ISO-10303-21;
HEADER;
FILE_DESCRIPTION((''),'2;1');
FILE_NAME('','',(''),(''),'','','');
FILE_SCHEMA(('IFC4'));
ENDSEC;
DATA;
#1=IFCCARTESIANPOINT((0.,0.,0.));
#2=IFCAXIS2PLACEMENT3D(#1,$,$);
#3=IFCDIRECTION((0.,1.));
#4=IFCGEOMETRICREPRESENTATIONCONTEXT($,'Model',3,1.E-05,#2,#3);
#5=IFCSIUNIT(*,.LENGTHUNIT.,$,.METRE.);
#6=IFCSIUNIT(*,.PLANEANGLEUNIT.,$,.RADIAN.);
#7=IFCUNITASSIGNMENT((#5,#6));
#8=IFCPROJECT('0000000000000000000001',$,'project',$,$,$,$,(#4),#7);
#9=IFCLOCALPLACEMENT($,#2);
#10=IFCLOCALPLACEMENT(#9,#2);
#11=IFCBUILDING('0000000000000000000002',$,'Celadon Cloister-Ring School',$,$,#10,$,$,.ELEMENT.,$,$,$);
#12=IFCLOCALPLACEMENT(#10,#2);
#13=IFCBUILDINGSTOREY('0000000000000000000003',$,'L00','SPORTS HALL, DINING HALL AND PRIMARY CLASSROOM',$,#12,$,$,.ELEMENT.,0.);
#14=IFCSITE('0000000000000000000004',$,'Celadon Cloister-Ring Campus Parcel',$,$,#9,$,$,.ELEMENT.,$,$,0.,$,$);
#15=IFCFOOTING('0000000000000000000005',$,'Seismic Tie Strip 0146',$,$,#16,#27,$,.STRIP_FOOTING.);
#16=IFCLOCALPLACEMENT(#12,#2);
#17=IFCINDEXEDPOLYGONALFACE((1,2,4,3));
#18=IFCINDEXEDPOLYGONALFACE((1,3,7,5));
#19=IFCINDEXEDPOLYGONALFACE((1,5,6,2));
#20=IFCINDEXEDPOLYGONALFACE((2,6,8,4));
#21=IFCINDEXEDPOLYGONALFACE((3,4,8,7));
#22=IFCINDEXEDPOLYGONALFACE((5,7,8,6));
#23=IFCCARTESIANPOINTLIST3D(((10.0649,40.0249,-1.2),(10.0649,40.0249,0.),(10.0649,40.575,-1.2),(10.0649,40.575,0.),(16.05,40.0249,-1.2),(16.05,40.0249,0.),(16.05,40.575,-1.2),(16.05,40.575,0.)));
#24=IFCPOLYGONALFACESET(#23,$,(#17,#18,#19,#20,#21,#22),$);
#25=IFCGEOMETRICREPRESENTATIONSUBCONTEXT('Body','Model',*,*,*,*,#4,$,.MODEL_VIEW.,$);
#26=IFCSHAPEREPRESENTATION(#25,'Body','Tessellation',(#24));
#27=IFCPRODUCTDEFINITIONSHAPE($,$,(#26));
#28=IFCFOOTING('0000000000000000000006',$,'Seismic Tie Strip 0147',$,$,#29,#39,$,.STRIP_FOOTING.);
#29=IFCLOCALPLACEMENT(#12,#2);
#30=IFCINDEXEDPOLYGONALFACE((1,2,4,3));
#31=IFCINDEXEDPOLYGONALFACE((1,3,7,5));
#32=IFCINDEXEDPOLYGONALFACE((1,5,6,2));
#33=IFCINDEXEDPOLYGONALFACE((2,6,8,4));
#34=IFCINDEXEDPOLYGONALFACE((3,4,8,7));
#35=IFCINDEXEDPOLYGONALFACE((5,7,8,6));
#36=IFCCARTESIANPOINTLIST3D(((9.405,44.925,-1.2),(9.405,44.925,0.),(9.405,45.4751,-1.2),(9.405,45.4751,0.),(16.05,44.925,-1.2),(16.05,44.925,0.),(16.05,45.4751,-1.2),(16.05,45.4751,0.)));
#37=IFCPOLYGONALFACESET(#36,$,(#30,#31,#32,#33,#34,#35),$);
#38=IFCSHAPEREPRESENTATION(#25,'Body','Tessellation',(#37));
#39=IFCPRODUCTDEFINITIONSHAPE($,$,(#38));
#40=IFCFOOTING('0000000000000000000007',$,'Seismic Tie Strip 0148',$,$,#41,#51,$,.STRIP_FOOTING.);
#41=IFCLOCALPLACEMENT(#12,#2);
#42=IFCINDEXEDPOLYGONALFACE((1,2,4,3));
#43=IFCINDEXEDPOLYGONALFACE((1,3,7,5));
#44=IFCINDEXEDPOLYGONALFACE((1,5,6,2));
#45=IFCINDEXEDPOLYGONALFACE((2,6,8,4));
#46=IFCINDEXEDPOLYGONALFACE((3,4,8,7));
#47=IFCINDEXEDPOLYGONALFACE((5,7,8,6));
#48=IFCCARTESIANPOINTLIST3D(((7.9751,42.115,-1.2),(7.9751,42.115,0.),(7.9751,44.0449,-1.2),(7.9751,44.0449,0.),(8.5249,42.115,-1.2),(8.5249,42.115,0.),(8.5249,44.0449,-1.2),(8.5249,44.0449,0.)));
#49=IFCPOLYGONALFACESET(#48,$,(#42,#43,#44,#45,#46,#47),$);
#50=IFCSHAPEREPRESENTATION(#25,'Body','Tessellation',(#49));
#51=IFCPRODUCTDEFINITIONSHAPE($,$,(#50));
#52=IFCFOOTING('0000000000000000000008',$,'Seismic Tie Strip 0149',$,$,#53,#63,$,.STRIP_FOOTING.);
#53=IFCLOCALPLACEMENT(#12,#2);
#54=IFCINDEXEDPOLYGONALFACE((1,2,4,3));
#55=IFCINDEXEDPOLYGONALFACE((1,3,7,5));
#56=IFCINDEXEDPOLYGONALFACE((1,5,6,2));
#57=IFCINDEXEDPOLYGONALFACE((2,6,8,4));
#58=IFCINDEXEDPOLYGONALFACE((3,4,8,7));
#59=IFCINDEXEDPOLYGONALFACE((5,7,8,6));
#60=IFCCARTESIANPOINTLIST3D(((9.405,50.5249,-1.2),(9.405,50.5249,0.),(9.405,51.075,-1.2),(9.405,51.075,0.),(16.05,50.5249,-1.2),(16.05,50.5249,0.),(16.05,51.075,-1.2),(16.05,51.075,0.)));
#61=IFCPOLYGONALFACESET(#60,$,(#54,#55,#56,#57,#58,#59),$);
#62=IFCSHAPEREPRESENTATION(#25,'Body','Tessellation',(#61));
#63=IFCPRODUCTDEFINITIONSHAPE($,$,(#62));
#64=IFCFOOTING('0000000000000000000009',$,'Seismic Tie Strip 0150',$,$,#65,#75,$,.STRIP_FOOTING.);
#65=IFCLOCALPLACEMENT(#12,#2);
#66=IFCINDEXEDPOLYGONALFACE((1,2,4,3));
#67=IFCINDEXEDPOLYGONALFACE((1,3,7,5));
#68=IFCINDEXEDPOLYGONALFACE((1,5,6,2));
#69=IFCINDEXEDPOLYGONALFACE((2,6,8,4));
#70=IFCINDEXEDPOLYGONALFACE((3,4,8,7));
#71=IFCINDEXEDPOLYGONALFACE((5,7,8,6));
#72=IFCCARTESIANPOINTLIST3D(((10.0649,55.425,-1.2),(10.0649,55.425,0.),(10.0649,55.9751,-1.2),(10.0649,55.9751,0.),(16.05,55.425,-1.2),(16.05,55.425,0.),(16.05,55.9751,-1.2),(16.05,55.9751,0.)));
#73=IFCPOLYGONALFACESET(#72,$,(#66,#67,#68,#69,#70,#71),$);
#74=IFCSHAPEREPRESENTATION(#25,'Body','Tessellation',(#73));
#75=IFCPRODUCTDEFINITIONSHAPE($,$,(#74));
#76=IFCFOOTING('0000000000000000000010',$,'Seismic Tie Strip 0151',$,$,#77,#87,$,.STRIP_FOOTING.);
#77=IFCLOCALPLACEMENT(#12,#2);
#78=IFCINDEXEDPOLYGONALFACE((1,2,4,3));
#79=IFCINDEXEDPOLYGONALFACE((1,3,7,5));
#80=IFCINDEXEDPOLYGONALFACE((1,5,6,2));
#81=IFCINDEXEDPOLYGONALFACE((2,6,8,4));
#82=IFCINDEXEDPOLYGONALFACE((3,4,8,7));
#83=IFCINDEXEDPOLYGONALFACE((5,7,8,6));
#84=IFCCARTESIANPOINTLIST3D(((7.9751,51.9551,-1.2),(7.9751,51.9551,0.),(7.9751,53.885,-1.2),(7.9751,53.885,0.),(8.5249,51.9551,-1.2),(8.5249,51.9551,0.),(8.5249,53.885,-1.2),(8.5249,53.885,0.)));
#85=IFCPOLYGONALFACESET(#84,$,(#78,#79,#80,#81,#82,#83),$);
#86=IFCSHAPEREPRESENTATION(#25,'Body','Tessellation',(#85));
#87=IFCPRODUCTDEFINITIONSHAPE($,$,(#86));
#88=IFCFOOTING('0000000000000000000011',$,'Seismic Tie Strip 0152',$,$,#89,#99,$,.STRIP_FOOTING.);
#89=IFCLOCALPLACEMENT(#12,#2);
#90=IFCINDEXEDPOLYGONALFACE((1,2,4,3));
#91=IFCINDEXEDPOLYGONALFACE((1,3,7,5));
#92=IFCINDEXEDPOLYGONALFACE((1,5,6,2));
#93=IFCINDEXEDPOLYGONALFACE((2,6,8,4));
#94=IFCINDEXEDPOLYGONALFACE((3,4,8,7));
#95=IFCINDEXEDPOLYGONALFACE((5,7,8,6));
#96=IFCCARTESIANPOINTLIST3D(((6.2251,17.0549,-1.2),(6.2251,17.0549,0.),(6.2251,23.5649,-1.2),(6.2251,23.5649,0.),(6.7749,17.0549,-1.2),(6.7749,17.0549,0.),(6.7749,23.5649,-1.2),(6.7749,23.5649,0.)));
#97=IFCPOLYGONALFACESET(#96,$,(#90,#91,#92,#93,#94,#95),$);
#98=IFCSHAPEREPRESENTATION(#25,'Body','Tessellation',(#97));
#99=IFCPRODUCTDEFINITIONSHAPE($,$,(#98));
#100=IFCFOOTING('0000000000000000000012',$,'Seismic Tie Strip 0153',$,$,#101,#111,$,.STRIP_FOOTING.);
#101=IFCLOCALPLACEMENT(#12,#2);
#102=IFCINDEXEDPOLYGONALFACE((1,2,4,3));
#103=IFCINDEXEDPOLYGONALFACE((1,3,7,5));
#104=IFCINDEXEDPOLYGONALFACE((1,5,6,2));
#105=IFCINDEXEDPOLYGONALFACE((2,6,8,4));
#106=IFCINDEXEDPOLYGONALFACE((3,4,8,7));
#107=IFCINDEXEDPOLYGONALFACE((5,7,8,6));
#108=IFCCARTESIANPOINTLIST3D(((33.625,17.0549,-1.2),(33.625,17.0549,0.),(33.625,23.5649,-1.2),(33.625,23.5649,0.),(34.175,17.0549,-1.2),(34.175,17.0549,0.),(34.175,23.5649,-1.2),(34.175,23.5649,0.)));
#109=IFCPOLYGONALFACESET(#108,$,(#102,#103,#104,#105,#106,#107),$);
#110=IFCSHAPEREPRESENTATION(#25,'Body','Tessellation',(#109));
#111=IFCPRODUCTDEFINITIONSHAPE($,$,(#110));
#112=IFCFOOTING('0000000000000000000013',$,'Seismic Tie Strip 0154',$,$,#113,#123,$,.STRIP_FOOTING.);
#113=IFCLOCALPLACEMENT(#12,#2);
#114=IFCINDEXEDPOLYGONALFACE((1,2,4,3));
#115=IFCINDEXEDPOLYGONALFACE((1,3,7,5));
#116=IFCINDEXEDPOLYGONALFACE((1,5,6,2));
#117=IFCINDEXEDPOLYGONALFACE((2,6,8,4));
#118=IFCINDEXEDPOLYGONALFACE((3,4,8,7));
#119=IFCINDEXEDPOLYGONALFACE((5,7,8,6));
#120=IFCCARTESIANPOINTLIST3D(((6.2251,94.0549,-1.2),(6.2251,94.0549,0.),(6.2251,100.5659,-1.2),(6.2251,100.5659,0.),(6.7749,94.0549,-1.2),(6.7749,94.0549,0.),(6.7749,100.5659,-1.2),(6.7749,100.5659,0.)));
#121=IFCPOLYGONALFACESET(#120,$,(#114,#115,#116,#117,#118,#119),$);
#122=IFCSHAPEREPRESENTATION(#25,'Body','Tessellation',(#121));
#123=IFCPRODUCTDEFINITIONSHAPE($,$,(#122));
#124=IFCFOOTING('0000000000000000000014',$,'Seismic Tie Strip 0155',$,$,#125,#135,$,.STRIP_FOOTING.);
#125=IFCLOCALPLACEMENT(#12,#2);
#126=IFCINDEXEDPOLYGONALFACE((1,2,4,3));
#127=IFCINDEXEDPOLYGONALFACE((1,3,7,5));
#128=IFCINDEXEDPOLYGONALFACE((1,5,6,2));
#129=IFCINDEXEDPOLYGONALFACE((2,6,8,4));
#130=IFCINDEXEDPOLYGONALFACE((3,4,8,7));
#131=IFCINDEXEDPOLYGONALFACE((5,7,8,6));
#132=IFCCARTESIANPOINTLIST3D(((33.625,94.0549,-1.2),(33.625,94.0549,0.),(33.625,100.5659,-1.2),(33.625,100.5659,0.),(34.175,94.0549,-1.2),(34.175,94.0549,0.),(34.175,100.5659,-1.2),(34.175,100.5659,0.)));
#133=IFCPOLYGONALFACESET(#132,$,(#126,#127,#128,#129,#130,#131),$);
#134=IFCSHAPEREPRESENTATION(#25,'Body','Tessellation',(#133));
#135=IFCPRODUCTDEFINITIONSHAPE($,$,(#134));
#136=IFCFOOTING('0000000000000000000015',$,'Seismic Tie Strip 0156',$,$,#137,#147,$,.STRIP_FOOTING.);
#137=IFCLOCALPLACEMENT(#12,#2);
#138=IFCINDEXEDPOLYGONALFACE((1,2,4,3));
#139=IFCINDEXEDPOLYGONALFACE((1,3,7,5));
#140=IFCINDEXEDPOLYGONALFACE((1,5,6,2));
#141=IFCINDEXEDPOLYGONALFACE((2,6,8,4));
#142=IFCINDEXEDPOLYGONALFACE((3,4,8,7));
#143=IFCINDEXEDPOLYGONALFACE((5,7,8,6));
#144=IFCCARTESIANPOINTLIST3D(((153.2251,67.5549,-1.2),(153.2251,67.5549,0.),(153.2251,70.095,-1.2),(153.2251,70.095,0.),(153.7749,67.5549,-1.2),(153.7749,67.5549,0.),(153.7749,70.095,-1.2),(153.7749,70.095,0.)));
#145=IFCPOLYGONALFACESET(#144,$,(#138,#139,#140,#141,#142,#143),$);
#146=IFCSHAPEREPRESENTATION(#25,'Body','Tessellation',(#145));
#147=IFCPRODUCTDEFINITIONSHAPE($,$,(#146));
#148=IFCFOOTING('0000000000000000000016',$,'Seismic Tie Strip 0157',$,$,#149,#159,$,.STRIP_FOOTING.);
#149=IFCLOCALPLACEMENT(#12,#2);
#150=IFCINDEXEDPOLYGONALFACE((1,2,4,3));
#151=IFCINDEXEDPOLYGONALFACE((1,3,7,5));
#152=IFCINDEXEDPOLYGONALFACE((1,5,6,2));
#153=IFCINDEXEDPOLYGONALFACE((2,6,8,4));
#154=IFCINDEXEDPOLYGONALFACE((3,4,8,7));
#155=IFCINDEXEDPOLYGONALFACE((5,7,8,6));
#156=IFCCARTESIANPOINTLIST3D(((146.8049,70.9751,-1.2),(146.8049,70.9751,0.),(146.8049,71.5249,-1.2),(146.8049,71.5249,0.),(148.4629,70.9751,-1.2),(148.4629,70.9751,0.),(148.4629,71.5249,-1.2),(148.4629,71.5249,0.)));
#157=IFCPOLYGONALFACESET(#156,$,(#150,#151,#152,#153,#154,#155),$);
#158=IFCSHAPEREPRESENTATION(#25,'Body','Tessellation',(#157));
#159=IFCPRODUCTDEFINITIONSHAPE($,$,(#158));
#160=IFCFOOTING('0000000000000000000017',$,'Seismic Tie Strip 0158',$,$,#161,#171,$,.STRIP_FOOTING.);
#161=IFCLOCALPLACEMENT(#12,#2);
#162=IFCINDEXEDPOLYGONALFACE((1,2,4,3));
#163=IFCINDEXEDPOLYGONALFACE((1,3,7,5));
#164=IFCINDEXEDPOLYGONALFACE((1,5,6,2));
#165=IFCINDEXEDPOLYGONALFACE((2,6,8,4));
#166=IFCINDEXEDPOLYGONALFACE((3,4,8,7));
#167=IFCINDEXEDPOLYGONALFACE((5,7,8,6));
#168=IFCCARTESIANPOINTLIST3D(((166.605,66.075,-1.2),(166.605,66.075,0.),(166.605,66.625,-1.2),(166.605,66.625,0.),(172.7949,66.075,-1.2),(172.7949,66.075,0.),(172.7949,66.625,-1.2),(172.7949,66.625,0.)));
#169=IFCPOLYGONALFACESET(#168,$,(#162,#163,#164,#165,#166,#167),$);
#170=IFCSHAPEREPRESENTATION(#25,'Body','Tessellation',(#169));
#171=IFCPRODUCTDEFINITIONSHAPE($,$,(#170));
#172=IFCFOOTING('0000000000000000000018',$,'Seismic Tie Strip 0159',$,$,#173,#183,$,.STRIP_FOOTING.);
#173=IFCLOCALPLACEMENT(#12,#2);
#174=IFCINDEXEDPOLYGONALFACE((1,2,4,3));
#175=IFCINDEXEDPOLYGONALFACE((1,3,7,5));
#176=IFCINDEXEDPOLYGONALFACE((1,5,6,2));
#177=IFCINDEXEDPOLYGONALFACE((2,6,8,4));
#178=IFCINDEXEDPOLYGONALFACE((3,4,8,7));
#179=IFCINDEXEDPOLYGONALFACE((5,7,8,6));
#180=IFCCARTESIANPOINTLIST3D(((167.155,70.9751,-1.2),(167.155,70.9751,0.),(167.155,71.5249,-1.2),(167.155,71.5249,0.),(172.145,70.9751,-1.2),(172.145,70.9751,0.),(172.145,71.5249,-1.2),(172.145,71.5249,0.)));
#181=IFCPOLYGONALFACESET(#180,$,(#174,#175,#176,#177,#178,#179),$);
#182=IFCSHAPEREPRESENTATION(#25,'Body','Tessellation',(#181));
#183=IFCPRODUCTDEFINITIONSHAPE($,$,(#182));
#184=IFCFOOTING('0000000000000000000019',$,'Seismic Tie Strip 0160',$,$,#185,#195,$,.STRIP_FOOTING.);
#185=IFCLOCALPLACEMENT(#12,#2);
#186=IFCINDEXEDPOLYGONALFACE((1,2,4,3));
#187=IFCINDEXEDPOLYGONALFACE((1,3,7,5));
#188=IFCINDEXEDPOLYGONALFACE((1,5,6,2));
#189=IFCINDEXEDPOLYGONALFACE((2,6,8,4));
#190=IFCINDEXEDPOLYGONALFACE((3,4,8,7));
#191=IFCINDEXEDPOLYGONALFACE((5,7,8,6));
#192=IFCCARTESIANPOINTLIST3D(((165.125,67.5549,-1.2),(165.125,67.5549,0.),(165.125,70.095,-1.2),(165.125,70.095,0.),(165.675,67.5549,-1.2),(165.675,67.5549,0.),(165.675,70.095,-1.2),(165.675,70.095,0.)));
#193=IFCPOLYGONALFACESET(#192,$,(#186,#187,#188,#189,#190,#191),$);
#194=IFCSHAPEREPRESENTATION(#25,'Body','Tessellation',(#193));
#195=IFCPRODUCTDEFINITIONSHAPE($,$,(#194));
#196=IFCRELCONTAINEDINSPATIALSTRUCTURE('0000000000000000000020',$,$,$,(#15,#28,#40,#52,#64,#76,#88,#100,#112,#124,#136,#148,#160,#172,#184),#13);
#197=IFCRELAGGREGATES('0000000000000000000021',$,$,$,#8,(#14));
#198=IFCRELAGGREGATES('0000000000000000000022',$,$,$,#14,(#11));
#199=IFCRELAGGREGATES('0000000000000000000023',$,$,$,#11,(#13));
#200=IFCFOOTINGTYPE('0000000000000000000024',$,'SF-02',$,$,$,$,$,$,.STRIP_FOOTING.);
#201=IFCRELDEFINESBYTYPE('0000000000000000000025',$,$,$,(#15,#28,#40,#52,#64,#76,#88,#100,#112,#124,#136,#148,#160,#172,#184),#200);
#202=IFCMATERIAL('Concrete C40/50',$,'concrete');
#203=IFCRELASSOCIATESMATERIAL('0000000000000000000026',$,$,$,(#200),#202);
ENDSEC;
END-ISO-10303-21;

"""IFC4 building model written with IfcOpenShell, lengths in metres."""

from ifc_helpers import new_model, si_unit, direction, frame, origin, place, context, subcontext, project, spatial, polyline, outline, extrude, material, type_object, element, save


model = new_model("IFC4")

# Units and contexts
model_context = context("Model", 3, precision=1e-05, world=origin(), true_north=direction((0.0, 1.0)))
body_context = subcontext(model_context, "Body", "Model", "MODEL_VIEW")
ifc_project = project(units=[si_unit("LENGTHUNIT", "METRE"), si_unit("PLANEANGLEUNIT", "RADIAN")], contexts=[model_context])

# Site, building, storey
site_placement = place(None, origin())
site = spatial("IfcSite", under=ifc_project, at=site_placement, Name="Celadon Cloister-Ring Campus Parcel", CompositionType="ELEMENT", RefElevation=0.0)
building_placement = place(site_placement, origin())
building = spatial("IfcBuilding", under=site, at=building_placement, Name="Celadon Cloister-Ring School", CompositionType="ELEMENT")
storey_placement = place(building_placement, origin())
storey = spatial("IfcBuildingStorey", under=building, at=storey_placement, Name="L00", Description="SPORTS HALL, DINING HALL AND PRIMARY CLASSROOM", CompositionType="ELEMENT", Elevation=0.0)

# Footings
ifc_material_1 = material(Name="Concrete C40/50", Category="concrete")
footing_type_1 = type_object("IfcFootingType", Name="SF-02", PredefinedType="STRIP_FOOTING", material=ifc_material_1)
footing_1_placement = place(storey_placement, frame((0.0, 0.0, -1.2)))
element("IfcFooting", 1, at=footing_1_placement, inside=storey, type_object=footing_type_1, Name="Seismic Tie Strip 0146", PredefinedType="STRIP_FOOTING", context=body_context, shape_type="SweptSolid", body=[
    extrude(outline(polyline([(10.0649, 40.0249), (16.05, 40.0249), (16.05, 40.575), (10.0649, 40.575), (10.0649, 40.0249)])), origin(), (0.0, 0.0, 1.0), 1.2),
])
footing_2_placement = place(storey_placement, frame((0.0, 0.0, -1.2)))
element("IfcFooting", 2, at=footing_2_placement, inside=storey, type_object=footing_type_1, Name="Seismic Tie Strip 0147", PredefinedType="STRIP_FOOTING", context=body_context, shape_type="SweptSolid", body=[
    extrude(outline(polyline([(16.05, 45.4751), (9.405, 45.4751), (9.405, 44.925), (16.05, 44.925), (16.05, 45.4751)])), origin(), (0.0, 0.0, 1.0), 1.2),
])
footing_3_placement = place(storey_placement, frame((0.0, 0.0, -1.2)))
element("IfcFooting", 3, at=footing_3_placement, inside=storey, type_object=footing_type_1, Name="Seismic Tie Strip 0148", PredefinedType="STRIP_FOOTING", context=body_context, shape_type="SweptSolid", body=[
    extrude(outline(polyline([(7.9751, 44.0449), (7.9751, 42.115), (8.5249, 42.115), (8.5249, 44.0449), (7.9751, 44.0449)])), origin(), (0.0, 0.0, 1.0), 1.2),
])
footing_4_placement = place(storey_placement, frame((0.0, 0.0, -1.2)))
element("IfcFooting", 4, at=footing_4_placement, inside=storey, type_object=footing_type_1, Name="Seismic Tie Strip 0149", PredefinedType="STRIP_FOOTING", context=body_context, shape_type="SweptSolid", body=[
    extrude(outline(polyline([(9.405, 50.5249), (16.05, 50.5249), (16.05, 51.075), (9.405, 51.075), (9.405, 50.5249)])), origin(), (0.0, 0.0, 1.0), 1.2),
])
footing_5_placement = place(storey_placement, frame((0.0, 0.0, -1.2)))
element("IfcFooting", 5, at=footing_5_placement, inside=storey, type_object=footing_type_1, Name="Seismic Tie Strip 0150", PredefinedType="STRIP_FOOTING", context=body_context, shape_type="SweptSolid", body=[
    extrude(outline(polyline([(16.05, 55.9751), (10.0649, 55.9751), (10.0649, 55.425), (16.05, 55.425), (16.05, 55.9751)])), origin(), (0.0, 0.0, 1.0), 1.2),
])
footing_6_placement = place(storey_placement, frame((0.0, 0.0, -1.2)))
element("IfcFooting", 6, at=footing_6_placement, inside=storey, type_object=footing_type_1, Name="Seismic Tie Strip 0151", PredefinedType="STRIP_FOOTING", context=body_context, shape_type="SweptSolid", body=[
    extrude(outline(polyline([(7.9751, 53.885), (7.9751, 51.9551), (8.5249, 51.9551), (8.5249, 53.885), (7.9751, 53.885)])), origin(), (0.0, 0.0, 1.0), 1.2),
])
footing_7_placement = place(storey_placement, frame((0.0, 0.0, -1.2)))
element("IfcFooting", 7, at=footing_7_placement, inside=storey, type_object=footing_type_1, Name="Seismic Tie Strip 0152", PredefinedType="STRIP_FOOTING", context=body_context, shape_type="SweptSolid", body=[
    extrude(outline(polyline([(6.2251, 23.5649), (6.2251, 17.0549), (6.7749, 17.0549), (6.7749, 23.5649), (6.2251, 23.5649)])), origin(), (0.0, 0.0, 1.0), 1.2),
])
footing_8_placement = place(storey_placement, frame((0.0, 0.0, -1.2)))
element("IfcFooting", 8, at=footing_8_placement, inside=storey, type_object=footing_type_1, Name="Seismic Tie Strip 0153", PredefinedType="STRIP_FOOTING", context=body_context, shape_type="SweptSolid", body=[
    extrude(outline(polyline([(34.175, 17.0549), (34.175, 23.5649), (33.625, 23.5649), (33.625, 17.0549), (34.175, 17.0549)])), origin(), (0.0, 0.0, 1.0), 1.2),
])
footing_9_placement = place(storey_placement, frame((0.0, 0.0, -1.2)))
element("IfcFooting", 9, at=footing_9_placement, inside=storey, type_object=footing_type_1, Name="Seismic Tie Strip 0154", PredefinedType="STRIP_FOOTING", context=body_context, shape_type="SweptSolid", body=[
    extrude(outline(polyline([(6.2251, 100.5659), (6.2251, 94.0549), (6.7749, 94.0549), (6.7749, 100.5659), (6.2251, 100.5659)])), origin(), (0.0, 0.0, 1.0), 1.2),
])
footing_10_placement = place(storey_placement, frame((0.0, 0.0, -1.2)))
element("IfcFooting", 10, at=footing_10_placement, inside=storey, type_object=footing_type_1, Name="Seismic Tie Strip 0155", PredefinedType="STRIP_FOOTING", context=body_context, shape_type="SweptSolid", body=[
    extrude(outline(polyline([(34.175, 94.0549), (34.175, 100.5659), (33.625, 100.5659), (33.625, 94.0549), (34.175, 94.0549)])), origin(), (0.0, 0.0, 1.0), 1.2),
])
footing_11_placement = place(storey_placement, frame((0.0, 0.0, -1.2)))
element("IfcFooting", 11, at=footing_11_placement, inside=storey, type_object=footing_type_1, Name="Seismic Tie Strip 0156", PredefinedType="STRIP_FOOTING", context=body_context, shape_type="SweptSolid", body=[
    extrude(outline(polyline([(153.7749, 67.5549), (153.7749, 70.095), (153.2251, 70.095), (153.2251, 67.5549), (153.7749, 67.5549)])), origin(), (0.0, 0.0, 1.0), 1.2),
])
footing_12_placement = place(storey_placement, frame((0.0, 0.0, -1.2)))
element("IfcFooting", 12, at=footing_12_placement, inside=storey, type_object=footing_type_1, Name="Seismic Tie Strip 0157", PredefinedType="STRIP_FOOTING", context=body_context, shape_type="SweptSolid", body=[
    extrude(outline(polyline([(148.4629, 71.5249), (146.8049, 71.5249), (146.8049, 70.9751), (148.4629, 70.9751), (148.4629, 71.5249)])), origin(), (0.0, 0.0, 1.0), 1.2),
])
footing_13_placement = place(storey_placement, frame((0.0, 0.0, -1.2)))
element("IfcFooting", 13, at=footing_13_placement, inside=storey, type_object=footing_type_1, Name="Seismic Tie Strip 0158", PredefinedType="STRIP_FOOTING", context=body_context, shape_type="SweptSolid", body=[
    extrude(outline(polyline([(166.605, 66.075), (172.7949, 66.075), (172.7949, 66.625), (166.605, 66.625), (166.605, 66.075)])), origin(), (0.0, 0.0, 1.0), 1.2),
])
footing_14_placement = place(storey_placement, frame((0.0, 0.0, -1.2)))
element("IfcFooting", 14, at=footing_14_placement, inside=storey, type_object=footing_type_1, Name="Seismic Tie Strip 0159", PredefinedType="STRIP_FOOTING", context=body_context, shape_type="SweptSolid", body=[
    extrude(outline(polyline([(172.145, 71.5249), (167.155, 71.5249), (167.155, 70.9751), (172.145, 70.9751), (172.145, 71.5249)])), origin(), (0.0, 0.0, 1.0), 1.2),
])
footing_15_placement = place(storey_placement, frame((0.0, 0.0, -1.2)))
element("IfcFooting", 15, at=footing_15_placement, inside=storey, type_object=footing_type_1, Name="Seismic Tie Strip 0160", PredefinedType="STRIP_FOOTING", context=body_context, shape_type="SweptSolid", body=[
    extrude(outline(polyline([(165.125, 70.095), (165.125, 67.5549), (165.675, 67.5549), (165.675, 70.095), (165.125, 70.095)])), origin(), (0.0, 0.0, 1.0), 1.2),
])

save(model, "model.ifc")
